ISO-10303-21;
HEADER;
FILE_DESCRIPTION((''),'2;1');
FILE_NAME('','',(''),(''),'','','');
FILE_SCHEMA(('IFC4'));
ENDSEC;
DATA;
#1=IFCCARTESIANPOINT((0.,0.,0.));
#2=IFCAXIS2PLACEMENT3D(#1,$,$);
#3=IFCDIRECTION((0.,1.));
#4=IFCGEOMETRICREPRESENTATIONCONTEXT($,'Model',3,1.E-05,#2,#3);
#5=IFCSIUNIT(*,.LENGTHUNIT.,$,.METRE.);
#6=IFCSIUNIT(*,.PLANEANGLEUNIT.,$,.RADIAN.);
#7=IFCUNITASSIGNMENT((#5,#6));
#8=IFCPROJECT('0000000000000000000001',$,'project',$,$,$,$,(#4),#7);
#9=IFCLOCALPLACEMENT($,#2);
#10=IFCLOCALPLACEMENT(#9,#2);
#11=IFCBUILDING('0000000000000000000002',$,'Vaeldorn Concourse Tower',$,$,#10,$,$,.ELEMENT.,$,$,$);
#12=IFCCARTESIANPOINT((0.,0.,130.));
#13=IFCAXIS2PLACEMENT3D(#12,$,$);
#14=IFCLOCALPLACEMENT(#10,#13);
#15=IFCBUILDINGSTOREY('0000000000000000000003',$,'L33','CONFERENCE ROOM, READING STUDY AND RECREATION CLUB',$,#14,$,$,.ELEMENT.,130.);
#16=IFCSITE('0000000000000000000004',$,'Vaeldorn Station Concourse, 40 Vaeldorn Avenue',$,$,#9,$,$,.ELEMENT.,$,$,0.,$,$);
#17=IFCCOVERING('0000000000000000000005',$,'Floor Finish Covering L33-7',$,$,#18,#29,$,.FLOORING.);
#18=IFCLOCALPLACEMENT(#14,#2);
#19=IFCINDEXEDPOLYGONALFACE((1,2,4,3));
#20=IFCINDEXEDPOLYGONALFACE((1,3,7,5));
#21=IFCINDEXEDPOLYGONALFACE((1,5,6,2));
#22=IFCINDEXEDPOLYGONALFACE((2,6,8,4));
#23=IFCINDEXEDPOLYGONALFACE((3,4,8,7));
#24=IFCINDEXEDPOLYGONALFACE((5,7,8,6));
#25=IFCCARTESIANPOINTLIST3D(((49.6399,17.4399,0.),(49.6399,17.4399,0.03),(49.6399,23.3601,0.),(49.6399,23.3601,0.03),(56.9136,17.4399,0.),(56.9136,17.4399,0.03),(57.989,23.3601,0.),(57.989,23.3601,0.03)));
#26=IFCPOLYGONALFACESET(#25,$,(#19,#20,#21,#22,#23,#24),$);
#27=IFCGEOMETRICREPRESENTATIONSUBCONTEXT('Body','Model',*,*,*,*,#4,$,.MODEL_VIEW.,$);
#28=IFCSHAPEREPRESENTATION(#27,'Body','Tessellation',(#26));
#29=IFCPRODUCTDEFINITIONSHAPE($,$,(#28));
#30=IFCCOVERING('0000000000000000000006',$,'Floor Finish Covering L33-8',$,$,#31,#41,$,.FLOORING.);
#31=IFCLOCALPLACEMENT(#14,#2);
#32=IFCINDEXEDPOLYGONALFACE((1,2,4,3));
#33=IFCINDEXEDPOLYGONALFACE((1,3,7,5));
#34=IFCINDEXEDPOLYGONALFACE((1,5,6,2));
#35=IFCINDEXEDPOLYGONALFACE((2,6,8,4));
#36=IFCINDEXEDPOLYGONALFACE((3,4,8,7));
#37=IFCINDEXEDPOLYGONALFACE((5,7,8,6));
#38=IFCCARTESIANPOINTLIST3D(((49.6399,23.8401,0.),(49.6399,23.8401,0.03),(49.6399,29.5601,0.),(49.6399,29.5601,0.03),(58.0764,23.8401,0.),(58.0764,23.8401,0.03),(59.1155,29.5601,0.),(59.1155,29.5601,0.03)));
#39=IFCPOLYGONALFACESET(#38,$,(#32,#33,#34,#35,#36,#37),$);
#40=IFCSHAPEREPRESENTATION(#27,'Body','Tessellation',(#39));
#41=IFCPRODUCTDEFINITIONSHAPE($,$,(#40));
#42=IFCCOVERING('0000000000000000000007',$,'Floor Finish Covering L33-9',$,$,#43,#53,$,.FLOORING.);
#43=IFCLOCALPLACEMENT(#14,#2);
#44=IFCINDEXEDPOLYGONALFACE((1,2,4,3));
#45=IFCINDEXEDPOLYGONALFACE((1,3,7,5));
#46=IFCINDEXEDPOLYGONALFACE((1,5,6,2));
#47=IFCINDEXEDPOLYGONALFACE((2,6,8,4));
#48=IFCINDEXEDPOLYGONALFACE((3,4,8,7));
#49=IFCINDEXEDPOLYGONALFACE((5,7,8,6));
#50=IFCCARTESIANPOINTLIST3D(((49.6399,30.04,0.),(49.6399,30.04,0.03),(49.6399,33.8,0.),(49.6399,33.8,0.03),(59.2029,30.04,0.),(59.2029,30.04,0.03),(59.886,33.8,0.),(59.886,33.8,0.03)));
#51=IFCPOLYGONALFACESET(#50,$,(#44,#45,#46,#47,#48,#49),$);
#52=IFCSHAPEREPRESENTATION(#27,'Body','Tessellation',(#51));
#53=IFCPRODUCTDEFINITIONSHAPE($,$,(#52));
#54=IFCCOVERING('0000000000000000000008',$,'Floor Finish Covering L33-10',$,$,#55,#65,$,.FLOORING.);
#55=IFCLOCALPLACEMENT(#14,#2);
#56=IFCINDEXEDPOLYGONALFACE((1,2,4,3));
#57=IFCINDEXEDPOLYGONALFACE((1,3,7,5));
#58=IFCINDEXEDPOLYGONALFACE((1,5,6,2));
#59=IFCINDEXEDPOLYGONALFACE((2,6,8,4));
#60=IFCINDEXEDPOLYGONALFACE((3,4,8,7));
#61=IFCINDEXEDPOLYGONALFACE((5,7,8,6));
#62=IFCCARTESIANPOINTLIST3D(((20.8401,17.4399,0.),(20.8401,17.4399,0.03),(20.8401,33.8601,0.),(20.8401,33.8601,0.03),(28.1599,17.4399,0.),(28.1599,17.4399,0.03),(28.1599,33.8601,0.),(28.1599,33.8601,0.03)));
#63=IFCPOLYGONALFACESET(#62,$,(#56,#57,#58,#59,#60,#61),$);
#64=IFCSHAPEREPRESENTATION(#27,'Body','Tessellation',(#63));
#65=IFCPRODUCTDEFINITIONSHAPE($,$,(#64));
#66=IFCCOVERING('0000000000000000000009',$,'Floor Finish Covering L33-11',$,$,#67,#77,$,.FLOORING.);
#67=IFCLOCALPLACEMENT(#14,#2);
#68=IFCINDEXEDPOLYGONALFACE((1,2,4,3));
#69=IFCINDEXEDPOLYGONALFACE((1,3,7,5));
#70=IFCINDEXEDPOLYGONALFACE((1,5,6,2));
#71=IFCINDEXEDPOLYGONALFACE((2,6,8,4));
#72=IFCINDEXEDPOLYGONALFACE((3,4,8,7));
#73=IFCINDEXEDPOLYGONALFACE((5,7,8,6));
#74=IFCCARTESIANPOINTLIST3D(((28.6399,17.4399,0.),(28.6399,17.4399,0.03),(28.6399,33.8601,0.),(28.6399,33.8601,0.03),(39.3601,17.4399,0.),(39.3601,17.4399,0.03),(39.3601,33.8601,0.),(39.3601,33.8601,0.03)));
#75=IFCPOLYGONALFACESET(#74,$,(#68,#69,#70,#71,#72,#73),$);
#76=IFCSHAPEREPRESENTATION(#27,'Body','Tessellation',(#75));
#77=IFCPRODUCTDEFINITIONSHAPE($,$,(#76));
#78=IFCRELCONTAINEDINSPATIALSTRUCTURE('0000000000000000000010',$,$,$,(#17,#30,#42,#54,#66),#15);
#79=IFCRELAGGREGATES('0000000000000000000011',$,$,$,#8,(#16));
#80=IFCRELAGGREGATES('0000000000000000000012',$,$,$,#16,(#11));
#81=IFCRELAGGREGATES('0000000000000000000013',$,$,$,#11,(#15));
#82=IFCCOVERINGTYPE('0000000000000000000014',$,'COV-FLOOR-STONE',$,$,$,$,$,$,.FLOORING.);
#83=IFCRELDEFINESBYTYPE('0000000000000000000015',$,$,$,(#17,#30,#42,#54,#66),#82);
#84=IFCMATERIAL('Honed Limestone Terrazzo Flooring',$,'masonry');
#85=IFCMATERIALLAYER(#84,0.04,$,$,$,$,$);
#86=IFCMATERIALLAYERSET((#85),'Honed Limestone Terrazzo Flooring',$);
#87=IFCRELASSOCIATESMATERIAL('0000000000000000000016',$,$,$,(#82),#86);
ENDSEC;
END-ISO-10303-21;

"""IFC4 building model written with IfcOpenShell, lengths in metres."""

from ifc_helpers import new_model, si_unit, direction, frame, origin, place, context, subcontext, project, spatial, polyline, outline, extrude, material, layer, layer_set, type_object, element, save


model = new_model("IFC4")

# Units and contexts
model_context = context("Model", 3, precision=1e-05, world=origin(), true_north=direction((0.0, 1.0)))
body_context = subcontext(model_context, "Body", "Model", "MODEL_VIEW")
ifc_project = project(units=[si_unit("LENGTHUNIT", "METRE"), si_unit("PLANEANGLEUNIT", "RADIAN")], contexts=[model_context])

# Site, building, storey
site_placement = place(None, origin())
site = spatial("IfcSite", under=ifc_project, at=site_placement, Name="Vaeldorn Station Concourse, 40 Vaeldorn Avenue", CompositionType="ELEMENT", RefElevation=0.0)
building_placement = place(site_placement, origin())
building = spatial("IfcBuilding", under=site, at=building_placement, Name="Vaeldorn Concourse Tower", CompositionType="ELEMENT")
storey_placement = place(building_placement, frame((0.0, 0.0, 130.0)))
storey = spatial("IfcBuildingStorey", under=building, at=storey_placement, Name="L33", Description="CONFERENCE ROOM, READING STUDY AND RECREATION CLUB", CompositionType="ELEMENT", Elevation=130.0)

# Coverings
ifc_material_1 = material(Name="Honed Limestone Terrazzo Flooring", Category="masonry")
ifc_layer_1 = layer(ifc_material_1, 0.04)
ifc_layer_set_1 = layer_set([ifc_layer_1], Name="Honed Limestone Terrazzo Flooring")
covering_type_1 = type_object("IfcCoveringType", Name="COV-FLOOR-STONE", PredefinedType="FLOORING", material=ifc_layer_set_1)
covering_1_placement = place(storey_placement, origin())
element("IfcCovering", 1, at=covering_1_placement, inside=storey, type_object=covering_type_1, Name="Floor Finish Covering L33-7", PredefinedType="FLOORING", context=body_context, shape_type="SweptSolid", body=[
    extrude(outline(polyline([(49.6399, 17.4399), (49.6399, 23.3601), (57.989, 23.3601), (56.9136, 17.4399), (49.6399, 17.4399)])), origin(), (0.0, 0.0, 1.0), 0.03),
])
covering_2_placement = place(storey_placement, origin())
element("IfcCovering", 2, at=covering_2_placement, inside=storey, type_object=covering_type_1, Name="Floor Finish Covering L33-8", PredefinedType="FLOORING", context=body_context, shape_type="SweptSolid", body=[
    extrude(outline(polyline([(49.6399, 23.8401), (49.6399, 29.5601), (59.1155, 29.5601), (58.0764, 23.8401), (49.6399, 23.8401)])), origin(), (0.0, 0.0, 1.0), 0.03),
])
covering_3_placement = place(storey_placement, origin())
element("IfcCovering", 3, at=covering_3_placement, inside=storey, type_object=covering_type_1, Name="Floor Finish Covering L33-9", PredefinedType="FLOORING", context=body_context, shape_type="SweptSolid", body=[
    extrude(outline(polyline([(49.6399, 30.04), (49.6399, 33.8), (59.886, 33.8), (59.2029, 30.04), (49.6399, 30.04)])), origin(), (0.0, 0.0, 1.0), 0.03),
])
covering_4_placement = place(storey_placement, origin())
element("IfcCovering", 4, at=covering_4_placement, inside=storey, type_object=covering_type_1, Name="Floor Finish Covering L33-10", PredefinedType="FLOORING", context=body_context, shape_type="SweptSolid", body=[
    extrude(outline(polyline([(20.8401, 33.8601), (28.1599, 33.8601), (28.1599, 17.4399), (20.8401, 17.4399), (20.8401, 33.8601)])), origin(), (0.0, 0.0, 1.0), 0.03),
])
covering_5_placement = place(storey_placement, origin())
element("IfcCovering", 5, at=covering_5_placement, inside=storey, type_object=covering_type_1, Name="Floor Finish Covering L33-11", PredefinedType="FLOORING", context=body_context, shape_type="SweptSolid", body=[
    extrude(outline(polyline([(28.6399, 33.8601), (39.3601, 33.8601), (39.3601, 17.4399), (28.6399, 17.4399), (28.6399, 33.8601)])), origin(), (0.0, 0.0, 1.0), 0.03),
])

save(model, "model.ifc")
